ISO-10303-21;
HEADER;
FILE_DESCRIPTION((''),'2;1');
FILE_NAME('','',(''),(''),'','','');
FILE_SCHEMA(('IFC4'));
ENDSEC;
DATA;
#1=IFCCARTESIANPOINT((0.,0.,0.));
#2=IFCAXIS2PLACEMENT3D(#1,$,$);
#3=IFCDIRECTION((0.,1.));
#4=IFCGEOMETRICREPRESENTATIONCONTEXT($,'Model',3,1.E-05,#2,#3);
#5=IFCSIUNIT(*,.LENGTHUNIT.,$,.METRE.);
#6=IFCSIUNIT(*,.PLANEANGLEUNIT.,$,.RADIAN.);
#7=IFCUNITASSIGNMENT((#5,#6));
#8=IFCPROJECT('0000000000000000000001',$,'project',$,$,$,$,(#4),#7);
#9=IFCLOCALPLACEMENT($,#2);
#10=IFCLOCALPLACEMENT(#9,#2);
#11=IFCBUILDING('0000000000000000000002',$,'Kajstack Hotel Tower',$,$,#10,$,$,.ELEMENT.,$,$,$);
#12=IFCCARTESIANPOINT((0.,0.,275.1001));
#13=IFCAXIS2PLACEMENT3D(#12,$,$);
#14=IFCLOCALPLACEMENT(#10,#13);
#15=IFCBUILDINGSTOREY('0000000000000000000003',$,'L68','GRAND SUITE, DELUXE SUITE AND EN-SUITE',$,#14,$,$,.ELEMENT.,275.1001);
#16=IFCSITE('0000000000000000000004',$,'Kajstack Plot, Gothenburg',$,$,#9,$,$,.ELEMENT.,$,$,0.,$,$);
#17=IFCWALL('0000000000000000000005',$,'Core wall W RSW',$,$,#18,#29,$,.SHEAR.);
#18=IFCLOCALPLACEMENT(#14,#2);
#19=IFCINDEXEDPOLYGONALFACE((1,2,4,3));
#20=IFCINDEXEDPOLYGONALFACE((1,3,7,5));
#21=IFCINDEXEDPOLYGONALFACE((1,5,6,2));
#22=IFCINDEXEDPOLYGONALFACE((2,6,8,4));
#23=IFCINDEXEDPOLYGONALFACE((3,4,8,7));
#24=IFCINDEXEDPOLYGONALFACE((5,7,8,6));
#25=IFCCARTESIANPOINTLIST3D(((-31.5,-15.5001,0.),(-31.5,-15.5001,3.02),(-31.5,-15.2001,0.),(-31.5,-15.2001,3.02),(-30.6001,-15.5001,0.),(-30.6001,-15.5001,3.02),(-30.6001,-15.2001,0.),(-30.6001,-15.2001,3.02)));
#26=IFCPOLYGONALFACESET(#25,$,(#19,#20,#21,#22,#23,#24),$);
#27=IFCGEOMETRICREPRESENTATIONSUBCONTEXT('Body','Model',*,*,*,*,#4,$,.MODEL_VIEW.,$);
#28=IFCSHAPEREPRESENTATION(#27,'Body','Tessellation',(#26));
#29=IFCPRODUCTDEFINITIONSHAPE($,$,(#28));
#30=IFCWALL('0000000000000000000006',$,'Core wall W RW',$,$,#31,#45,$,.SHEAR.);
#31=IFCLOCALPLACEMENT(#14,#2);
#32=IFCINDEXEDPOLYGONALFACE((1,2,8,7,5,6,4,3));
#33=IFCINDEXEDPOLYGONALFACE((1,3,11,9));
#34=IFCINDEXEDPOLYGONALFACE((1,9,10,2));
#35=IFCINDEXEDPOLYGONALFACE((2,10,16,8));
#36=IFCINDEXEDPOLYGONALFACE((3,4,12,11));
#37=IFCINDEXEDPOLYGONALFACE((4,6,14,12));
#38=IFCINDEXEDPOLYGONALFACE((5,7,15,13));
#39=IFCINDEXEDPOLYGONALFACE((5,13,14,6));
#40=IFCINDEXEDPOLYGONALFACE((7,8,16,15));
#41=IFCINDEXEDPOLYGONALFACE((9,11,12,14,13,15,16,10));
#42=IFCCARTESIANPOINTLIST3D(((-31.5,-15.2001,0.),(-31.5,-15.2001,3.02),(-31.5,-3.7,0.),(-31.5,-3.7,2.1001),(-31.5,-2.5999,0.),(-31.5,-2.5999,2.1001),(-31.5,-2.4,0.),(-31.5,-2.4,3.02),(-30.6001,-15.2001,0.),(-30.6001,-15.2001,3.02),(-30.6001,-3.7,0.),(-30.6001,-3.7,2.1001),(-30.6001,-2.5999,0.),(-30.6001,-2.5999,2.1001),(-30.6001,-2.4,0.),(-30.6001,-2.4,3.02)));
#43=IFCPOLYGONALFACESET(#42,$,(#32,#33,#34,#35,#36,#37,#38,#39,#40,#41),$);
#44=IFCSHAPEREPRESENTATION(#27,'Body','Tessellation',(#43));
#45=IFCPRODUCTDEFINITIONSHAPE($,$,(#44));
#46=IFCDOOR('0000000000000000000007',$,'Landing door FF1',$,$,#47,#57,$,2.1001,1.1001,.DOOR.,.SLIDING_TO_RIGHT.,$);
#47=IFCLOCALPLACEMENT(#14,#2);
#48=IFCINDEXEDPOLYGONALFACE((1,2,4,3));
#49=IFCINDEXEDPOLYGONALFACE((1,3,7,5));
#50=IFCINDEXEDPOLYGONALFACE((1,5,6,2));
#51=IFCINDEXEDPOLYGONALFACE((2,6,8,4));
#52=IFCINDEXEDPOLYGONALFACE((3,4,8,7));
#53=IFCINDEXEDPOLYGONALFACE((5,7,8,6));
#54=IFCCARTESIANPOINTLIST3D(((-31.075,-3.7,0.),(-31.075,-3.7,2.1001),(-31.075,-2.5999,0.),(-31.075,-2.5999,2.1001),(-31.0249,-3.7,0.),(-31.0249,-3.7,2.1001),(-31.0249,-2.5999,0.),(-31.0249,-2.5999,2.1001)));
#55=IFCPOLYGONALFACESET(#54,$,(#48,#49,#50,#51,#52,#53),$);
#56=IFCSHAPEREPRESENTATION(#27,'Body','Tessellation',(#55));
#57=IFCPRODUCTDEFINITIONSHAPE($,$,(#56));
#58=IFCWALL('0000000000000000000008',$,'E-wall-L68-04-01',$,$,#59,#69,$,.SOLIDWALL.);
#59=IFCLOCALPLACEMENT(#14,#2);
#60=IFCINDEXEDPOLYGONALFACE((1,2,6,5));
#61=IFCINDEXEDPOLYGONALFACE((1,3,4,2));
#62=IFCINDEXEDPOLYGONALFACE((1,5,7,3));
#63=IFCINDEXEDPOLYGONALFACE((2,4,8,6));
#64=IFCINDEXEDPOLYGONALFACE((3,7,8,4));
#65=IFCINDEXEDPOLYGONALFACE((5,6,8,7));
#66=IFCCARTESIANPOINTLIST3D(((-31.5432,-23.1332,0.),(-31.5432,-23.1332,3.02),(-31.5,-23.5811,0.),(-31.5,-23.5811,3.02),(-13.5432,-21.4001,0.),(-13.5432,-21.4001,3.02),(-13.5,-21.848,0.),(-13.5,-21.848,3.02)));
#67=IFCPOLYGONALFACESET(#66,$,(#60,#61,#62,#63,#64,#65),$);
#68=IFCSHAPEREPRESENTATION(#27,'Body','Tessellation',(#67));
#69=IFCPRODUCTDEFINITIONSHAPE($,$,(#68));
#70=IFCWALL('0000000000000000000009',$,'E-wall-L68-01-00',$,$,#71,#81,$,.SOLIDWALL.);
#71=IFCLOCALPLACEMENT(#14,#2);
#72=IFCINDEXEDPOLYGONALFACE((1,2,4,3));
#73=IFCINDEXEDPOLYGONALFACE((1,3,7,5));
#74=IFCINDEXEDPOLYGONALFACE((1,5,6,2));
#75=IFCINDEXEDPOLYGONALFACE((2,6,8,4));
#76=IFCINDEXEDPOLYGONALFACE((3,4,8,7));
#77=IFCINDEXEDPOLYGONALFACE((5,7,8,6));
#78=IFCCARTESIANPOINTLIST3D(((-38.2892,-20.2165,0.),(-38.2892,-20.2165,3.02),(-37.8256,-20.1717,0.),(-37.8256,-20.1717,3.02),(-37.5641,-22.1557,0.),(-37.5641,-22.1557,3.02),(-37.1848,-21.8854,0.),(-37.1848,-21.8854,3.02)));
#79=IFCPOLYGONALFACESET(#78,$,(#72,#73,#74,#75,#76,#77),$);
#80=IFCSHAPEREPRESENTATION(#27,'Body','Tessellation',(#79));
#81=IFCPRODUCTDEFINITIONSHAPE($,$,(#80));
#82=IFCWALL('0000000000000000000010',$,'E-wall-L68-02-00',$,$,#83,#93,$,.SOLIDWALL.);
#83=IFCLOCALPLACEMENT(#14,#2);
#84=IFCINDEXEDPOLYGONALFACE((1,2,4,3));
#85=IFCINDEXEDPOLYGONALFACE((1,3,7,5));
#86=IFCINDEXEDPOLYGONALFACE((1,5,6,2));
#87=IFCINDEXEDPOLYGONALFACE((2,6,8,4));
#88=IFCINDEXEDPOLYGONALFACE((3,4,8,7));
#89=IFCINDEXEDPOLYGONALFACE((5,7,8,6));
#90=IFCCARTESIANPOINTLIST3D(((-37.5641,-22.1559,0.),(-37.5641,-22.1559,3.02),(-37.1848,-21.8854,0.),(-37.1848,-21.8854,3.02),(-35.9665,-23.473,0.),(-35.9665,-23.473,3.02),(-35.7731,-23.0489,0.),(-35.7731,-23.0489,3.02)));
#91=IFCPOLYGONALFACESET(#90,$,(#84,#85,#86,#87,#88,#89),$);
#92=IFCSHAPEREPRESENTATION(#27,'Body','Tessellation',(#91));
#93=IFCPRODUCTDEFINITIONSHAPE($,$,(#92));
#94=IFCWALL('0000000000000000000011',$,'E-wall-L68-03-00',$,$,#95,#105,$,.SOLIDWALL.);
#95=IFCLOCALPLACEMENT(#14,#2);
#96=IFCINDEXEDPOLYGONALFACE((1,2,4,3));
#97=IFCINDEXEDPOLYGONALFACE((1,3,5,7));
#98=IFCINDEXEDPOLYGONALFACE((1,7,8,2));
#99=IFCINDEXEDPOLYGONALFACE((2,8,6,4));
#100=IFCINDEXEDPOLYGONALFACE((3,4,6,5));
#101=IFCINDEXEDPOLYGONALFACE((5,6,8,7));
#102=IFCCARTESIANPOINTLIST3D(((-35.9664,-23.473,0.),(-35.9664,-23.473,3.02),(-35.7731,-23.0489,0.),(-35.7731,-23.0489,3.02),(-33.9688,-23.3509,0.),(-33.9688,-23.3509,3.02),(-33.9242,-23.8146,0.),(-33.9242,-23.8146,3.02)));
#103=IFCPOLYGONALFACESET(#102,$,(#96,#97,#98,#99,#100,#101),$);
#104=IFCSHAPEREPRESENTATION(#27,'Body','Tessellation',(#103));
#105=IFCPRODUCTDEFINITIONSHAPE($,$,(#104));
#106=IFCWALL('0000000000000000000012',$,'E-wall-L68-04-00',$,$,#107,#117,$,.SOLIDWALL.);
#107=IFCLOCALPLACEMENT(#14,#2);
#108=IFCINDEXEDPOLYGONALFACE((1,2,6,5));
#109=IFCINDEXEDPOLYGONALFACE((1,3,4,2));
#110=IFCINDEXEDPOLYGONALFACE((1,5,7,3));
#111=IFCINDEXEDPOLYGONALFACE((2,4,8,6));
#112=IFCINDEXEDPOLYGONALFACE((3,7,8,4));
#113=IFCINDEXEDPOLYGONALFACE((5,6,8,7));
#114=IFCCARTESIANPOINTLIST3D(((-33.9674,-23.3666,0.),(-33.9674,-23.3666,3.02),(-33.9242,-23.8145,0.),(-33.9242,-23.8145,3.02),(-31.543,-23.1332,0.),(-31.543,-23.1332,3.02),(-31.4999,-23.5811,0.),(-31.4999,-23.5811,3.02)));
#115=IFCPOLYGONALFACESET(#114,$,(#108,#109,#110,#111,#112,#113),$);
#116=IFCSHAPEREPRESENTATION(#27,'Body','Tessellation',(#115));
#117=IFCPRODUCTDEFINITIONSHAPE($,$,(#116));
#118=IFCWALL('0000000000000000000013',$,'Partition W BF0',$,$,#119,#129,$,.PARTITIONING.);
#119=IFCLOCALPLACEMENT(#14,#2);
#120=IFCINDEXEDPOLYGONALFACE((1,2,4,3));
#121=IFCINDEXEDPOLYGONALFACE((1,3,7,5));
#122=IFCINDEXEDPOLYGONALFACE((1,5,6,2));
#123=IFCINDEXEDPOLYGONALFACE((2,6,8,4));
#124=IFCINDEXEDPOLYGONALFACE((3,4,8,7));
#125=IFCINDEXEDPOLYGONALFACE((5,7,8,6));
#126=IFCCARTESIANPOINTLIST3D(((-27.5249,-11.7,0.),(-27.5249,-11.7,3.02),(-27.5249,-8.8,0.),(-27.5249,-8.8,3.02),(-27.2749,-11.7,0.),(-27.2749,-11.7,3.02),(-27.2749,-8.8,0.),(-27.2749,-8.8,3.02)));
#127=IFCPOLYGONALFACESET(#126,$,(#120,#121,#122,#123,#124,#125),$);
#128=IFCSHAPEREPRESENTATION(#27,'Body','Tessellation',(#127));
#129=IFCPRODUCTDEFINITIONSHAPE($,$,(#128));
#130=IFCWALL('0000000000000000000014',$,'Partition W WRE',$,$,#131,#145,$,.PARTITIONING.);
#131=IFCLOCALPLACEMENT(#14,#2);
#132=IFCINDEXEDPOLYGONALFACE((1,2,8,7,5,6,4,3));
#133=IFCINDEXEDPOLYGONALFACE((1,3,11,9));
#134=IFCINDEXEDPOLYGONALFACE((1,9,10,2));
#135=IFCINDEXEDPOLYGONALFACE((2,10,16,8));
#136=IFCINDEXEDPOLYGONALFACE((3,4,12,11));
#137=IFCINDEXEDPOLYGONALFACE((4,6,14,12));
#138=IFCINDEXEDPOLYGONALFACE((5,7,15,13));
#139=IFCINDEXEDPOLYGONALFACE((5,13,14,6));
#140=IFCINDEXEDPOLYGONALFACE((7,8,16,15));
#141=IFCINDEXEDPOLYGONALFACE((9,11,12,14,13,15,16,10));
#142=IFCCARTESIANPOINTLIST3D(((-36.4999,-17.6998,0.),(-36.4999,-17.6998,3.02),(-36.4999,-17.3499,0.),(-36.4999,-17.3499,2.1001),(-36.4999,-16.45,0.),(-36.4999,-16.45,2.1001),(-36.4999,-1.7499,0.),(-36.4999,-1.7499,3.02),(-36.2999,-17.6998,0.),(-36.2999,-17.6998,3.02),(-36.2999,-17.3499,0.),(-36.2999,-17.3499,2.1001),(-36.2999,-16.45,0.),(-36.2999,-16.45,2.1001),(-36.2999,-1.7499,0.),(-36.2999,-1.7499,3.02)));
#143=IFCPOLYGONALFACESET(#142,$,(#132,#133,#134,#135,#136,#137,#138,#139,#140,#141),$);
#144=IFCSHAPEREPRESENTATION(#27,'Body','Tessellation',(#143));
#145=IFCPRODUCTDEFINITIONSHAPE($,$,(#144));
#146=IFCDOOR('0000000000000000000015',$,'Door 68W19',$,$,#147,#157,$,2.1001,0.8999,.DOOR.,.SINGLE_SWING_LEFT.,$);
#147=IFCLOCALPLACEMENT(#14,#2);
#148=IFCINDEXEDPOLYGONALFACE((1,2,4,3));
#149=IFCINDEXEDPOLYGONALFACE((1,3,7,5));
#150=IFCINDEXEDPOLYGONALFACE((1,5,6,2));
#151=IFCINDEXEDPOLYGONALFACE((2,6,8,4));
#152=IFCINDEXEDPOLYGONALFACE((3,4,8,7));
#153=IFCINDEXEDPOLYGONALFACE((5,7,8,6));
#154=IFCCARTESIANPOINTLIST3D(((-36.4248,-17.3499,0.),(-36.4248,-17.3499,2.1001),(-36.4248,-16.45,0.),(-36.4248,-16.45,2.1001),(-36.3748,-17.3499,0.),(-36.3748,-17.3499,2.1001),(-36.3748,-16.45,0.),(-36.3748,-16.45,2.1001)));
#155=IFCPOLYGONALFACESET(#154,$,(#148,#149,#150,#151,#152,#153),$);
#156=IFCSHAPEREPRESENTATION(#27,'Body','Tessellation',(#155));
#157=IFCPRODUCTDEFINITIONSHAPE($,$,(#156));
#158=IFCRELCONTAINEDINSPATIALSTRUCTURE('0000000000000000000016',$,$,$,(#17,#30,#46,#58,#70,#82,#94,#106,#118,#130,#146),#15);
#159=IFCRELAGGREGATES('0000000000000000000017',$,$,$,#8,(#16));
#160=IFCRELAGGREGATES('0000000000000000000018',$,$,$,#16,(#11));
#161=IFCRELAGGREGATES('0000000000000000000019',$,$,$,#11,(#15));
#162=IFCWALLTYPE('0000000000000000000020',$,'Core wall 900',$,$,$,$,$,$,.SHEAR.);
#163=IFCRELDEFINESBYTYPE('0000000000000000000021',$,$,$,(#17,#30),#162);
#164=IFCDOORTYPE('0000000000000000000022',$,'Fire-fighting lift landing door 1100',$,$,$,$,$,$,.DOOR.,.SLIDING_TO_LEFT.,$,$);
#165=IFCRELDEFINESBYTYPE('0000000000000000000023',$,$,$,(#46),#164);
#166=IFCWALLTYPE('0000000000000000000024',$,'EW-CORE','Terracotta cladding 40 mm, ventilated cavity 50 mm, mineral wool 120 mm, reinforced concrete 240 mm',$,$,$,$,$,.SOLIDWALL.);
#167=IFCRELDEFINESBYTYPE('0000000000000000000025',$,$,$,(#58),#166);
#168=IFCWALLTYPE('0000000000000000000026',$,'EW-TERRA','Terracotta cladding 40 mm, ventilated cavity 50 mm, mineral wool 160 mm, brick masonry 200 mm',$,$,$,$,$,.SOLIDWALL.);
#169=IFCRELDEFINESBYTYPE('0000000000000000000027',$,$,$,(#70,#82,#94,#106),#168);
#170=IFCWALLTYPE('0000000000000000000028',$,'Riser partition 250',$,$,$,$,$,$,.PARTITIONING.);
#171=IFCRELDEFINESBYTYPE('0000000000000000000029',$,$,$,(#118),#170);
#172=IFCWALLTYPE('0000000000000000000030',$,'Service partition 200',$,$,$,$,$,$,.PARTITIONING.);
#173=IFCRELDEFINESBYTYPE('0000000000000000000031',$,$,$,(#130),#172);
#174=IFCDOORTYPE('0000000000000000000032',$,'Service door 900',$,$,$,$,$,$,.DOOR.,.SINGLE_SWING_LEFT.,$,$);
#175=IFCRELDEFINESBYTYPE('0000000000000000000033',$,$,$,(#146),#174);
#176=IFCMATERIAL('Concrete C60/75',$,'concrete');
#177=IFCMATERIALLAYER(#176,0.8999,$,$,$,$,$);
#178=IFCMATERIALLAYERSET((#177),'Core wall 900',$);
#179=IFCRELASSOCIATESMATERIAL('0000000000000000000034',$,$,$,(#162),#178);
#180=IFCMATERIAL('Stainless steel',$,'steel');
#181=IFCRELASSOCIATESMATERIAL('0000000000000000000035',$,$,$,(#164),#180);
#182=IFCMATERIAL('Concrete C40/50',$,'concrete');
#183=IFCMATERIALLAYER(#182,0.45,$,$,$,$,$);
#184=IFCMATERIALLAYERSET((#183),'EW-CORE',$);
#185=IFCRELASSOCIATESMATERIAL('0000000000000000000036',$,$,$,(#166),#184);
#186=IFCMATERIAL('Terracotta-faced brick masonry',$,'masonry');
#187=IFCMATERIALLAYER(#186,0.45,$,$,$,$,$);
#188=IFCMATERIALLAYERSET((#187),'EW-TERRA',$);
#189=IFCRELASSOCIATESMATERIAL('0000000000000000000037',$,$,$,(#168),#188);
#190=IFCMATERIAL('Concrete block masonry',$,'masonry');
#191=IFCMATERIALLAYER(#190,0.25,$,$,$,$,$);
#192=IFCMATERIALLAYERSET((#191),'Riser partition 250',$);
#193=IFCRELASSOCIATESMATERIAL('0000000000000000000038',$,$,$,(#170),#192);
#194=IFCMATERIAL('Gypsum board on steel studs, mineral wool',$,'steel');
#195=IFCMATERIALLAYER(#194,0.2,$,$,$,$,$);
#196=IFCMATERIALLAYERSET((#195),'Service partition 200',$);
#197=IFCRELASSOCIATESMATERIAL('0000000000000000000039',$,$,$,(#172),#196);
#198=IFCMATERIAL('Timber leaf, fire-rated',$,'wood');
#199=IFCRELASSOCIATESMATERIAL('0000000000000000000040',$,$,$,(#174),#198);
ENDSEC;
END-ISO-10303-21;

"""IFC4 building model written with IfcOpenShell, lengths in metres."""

from ifc_helpers import new_model, si_unit, direction, frame, frame_2d, origin, place, context, subcontext, project, spatial, polyline, rectangle, outline, extrude, material, layer, layer_set, type_object, element, fill, save


model = new_model("IFC4")

# Units and contexts
model_context = context("Model", 3, precision=1e-05, world=origin(), true_north=direction((0.0, 1.0)))
body_context = subcontext(model_context, "Body", "Model", "MODEL_VIEW")
ifc_project = project(units=[si_unit("LENGTHUNIT", "METRE"), si_unit("PLANEANGLEUNIT", "RADIAN")], contexts=[model_context])

# Site, building, storey
site_placement = place(None, origin())
site = spatial("IfcSite", under=ifc_project, at=site_placement, Name="Kajstack Plot, Gothenburg", CompositionType="ELEMENT", RefElevation=0.0)
building_placement = place(site_placement, origin())
building = spatial("IfcBuilding", under=site, at=building_placement, Name="Kajstack Hotel Tower", CompositionType="ELEMENT")
storey_placement = place(building_placement, frame((0.0, 0.0, 275.1001)))
storey = spatial("IfcBuildingStorey", under=building, at=storey_placement, Name="L68", Description="GRAND SUITE, DELUXE SUITE AND EN-SUITE", CompositionType="ELEMENT", Elevation=275.1001)

# Wall
ifc_material_1 = material(Name="Concrete C60/75", Category="concrete")
ifc_layer_1 = layer(ifc_material_1, 0.8999)
ifc_layer_set_1 = layer_set([ifc_layer_1], Name="Core wall 900")
wall_type_1 = type_object("IfcWallType", Name="Core wall 900", PredefinedType="SHEAR", material=ifc_layer_set_1)
wall_1_placement = place(storey_placement, frame((-31.5, -15.3501, 0.0), z_axis=(0.0, 0.0, 1.0), x_axis=(1.0, 0.0, 0.0)))
element("IfcWall", 1, at=wall_1_placement, inside=storey, type_object=wall_type_1, Name="Core wall W RSW", PredefinedType="SHEAR", context=body_context, shape_type="SweptSolid", body=[
    extrude(rectangle(XDim=0.8999, YDim=0.3, at=frame_2d((0.45, 0.0))), origin(), (0.0, 0.0, 1.0), 3.02),
])

# Wall, opening, door
wall_2_placement = place(storey_placement, frame((-31.05, -15.2, 0.0), z_axis=(0.0, 0.0, 1.0), x_axis=(0.0, 1.0, 0.0)))
wall_2 = element("IfcWall", 2, at=wall_2_placement, inside=storey, type_object=wall_type_1, Name="Core wall W RW", PredefinedType="SHEAR", context=body_context, shape_type="SweptSolid", body=[
    extrude(rectangle(XDim=12.8, YDim=0.8999, at=frame_2d((6.3999, 0.0))), origin(), (0.0, 0.0, 1.0), 3.02),
])
opening_1_placement = place(wall_2_placement, frame((11.5, 0.0, 0.0)))
opening_1 = element("IfcOpeningElement", 3, at=opening_1_placement, cuts=wall_2, PredefinedType="OPENING", context=body_context, shape_type="SweptSolid", body=[
    extrude(rectangle(XDim=1.1001, YDim=2.1001, at=frame_2d((0.55, 1.05))), frame((0.0, 0.46, 0.0), z_axis=(0.0, -1.0, 0.0), x_axis=(1.0, 0.0, 0.0)), (0.0, 0.0, 1.0), 0.9199),
])
ifc_material_2 = material(Name="Stainless steel", Category="steel")
door_type_1 = type_object("IfcDoorType", Name="Fire-fighting lift landing door 1100", OperationType="SLIDING_TO_LEFT", PredefinedType="DOOR", material=ifc_material_2)
door_1_placement = place(opening_1_placement, origin())
door_1 = element("IfcDoor", 4, at=door_1_placement, inside=storey, type_object=door_type_1, Name="Landing door FF1", OperationType="SLIDING_TO_RIGHT", OverallHeight=2.1001, OverallWidth=1.1001, PredefinedType="DOOR", context=body_context, shape_type="SweptSolid", body=[
    extrude(rectangle(XDim=1.1001, YDim=2.1001, at=frame_2d((0.55, 1.05))), frame((0.0, 0.0249, 0.0), z_axis=(0.0, -1.0, 0.0), x_axis=(1.0, 0.0, 0.0)), (0.0, 0.0, 1.0), 0.05),
])
fill(opening_1, door_1)

# Walls
ifc_material_3 = material(Name="Concrete C40/50", Category="concrete")
ifc_layer_2 = layer(ifc_material_3, 0.45)
ifc_layer_set_2 = layer_set([ifc_layer_2], Name="EW-CORE")
wall_type_2 = type_object("IfcWallType", Name="EW-CORE", Description="Terracotta cladding 40 mm, ventilated cavity 50 mm, mineral wool 120 mm, reinforced concrete 240 mm", PredefinedType="SOLIDWALL", material=ifc_layer_set_2)
wall_3_placement = place(storey_placement, frame((-31.5215, -23.3572, 0.0), z_axis=(0.0, 0.0, 1.0), x_axis=(0.995396, 0.095843, 0.0)))
element("IfcWall", 5, at=wall_3_placement, inside=storey, type_object=wall_type_2, Name="E-wall-L68-04-01", PredefinedType="SOLIDWALL", context=body_context, shape_type="SweptSolid", body=[
    extrude(rectangle(XDim=18.0833, YDim=0.45, at=frame_2d((9.0415, 0.0))), origin(), (0.0, 0.0, 1.0), 3.02),
])
ifc_material_4 = material(Name="Terracotta-faced brick masonry", Category="masonry")
ifc_layer_3 = layer(ifc_material_4, 0.45)
ifc_layer_set_3 = layer_set([ifc_layer_3], Name="EW-TERRA")
wall_type_3 = type_object("IfcWallType", Name="EW-TERRA", Description="Terracotta cladding 40 mm, ventilated cavity 50 mm, mineral wool 160 mm, brick masonry 200 mm", PredefinedType="SOLIDWALL", material=ifc_layer_set_3)
wall_4_placement = place(storey_placement, frame((-38.0784, -20.1377, 0.0), z_axis=(0.0, 0.0, 1.0), x_axis=(0.350232, -0.936663, 0.0)))
element("IfcWall", 6, at=wall_4_placement, inside=storey, type_object=wall_type_3, Name="E-wall-L68-01-00", PredefinedType="SOLIDWALL", context=body_context, shape_type="SweptSolid", body=[
    extrude(outline(polyline([(0.0, -0.2251), (2.0703, -0.2251), (1.95, 0.2249), (0.1204, 0.2249), (0.0, -0.2251)])), origin(), (0.0, 0.0, 1.0), 3.02),
])
wall_5_placement = place(storey_placement, frame((-37.4209, -21.9822, 0.0), z_axis=(0.0, 0.0, 1.0), x_axis=(0.771593, -0.636116, 0.0)))
element("IfcWall", 7, at=wall_5_placement, inside=storey, type_object=wall_type_3, Name="E-wall-L68-02-00", PredefinedType="SOLIDWALL", context=body_context, shape_type="SweptSolid", body=[
    extrude(outline(polyline([(0.0, -0.2251), (2.0706, -0.2251), (1.95, 0.2251), (0.1206, 0.2249), (0.0, -0.2251)])), origin(), (0.0, 0.0, 1.0), 3.02),
])
wall_6_placement = place(storey_placement, frame((-35.9292, -23.251, 0.0), z_axis=(0.0, 0.0, 1.0), x_axis=(0.986279, -0.165087, 0.0)))
element("IfcWall", 8, at=wall_6_placement, inside=storey, type_object=wall_type_3, Name="E-wall-L68-03-00", PredefinedType="SOLIDWALL", context=body_context, shape_type="SweptSolid", body=[
    extrude(outline(polyline([(0.0, -0.2251), (2.0706, -0.2249), (1.95, 0.2251), (0.1206, 0.2251), (0.0, -0.2251)])), origin(), (0.0, 0.0, 1.0), 3.02),
])
wall_7_placement = place(storey_placement, frame((-33.9458, -23.5906, 0.0), z_axis=(0.0, 0.0, 1.0), x_axis=(0.995398, 0.095831, 0.0)))
element("IfcWall", 9, at=wall_7_placement, inside=storey, type_object=wall_type_3, Name="E-wall-L68-04-00", PredefinedType="SOLIDWALL", context=body_context, shape_type="SweptSolid", body=[
    extrude(rectangle(XDim=2.4355, YDim=0.45, at=frame_2d((1.2178, 0.0))), origin(), (0.0, 0.0, 1.0), 3.02),
])
ifc_material_5 = material(Name="Concrete block masonry", Category="masonry")
ifc_layer_4 = layer(ifc_material_5, 0.25)
ifc_layer_set_4 = layer_set([ifc_layer_4], Name="Riser partition 250")
wall_type_4 = type_object("IfcWallType", Name="Riser partition 250", PredefinedType="PARTITIONING", material=ifc_layer_set_4)
wall_8_placement = place(storey_placement, frame((-27.3999, -11.7, 0.0), z_axis=(0.0, 0.0, 1.0), x_axis=(0.0, 1.0, 0.0)))
element("IfcWall", 10, at=wall_8_placement, inside=storey, type_object=wall_type_4, Name="Partition W BF0", PredefinedType="PARTITIONING", context=body_context, shape_type="SweptSolid", body=[
    extrude(rectangle(XDim=2.8999, YDim=0.25, at=frame_2d((1.45, 0.0))), origin(), (0.0, 0.0, 1.0), 3.02),
])

# Wall, opening, door
ifc_material_6 = material(Name="Gypsum board on steel studs, mineral wool", Category="steel")
ifc_layer_5 = layer(ifc_material_6, 0.2)
ifc_layer_set_5 = layer_set([ifc_layer_5], Name="Service partition 200")
wall_type_5 = type_object("IfcWallType", Name="Service partition 200", PredefinedType="PARTITIONING", material=ifc_layer_set_5)
wall_9_placement = place(storey_placement, frame((-36.3999, -17.7, 0.0), z_axis=(0.0, 0.0, 1.0), x_axis=(0.0, 1.0, 0.0)))
wall_9 = element("IfcWall", 11, at=wall_9_placement, inside=storey, type_object=wall_type_5, Name="Partition W WRE", PredefinedType="PARTITIONING", context=body_context, shape_type="SweptSolid", body=[
    extrude(rectangle(XDim=15.95, YDim=0.2, at=frame_2d((7.9751, 0.0))), origin(), (0.0, 0.0, 1.0), 3.02),
])
opening_2_placement = place(wall_9_placement, frame((0.3501, 0.0, 0.0)))
opening_2 = element("IfcOpeningElement", 12, at=opening_2_placement, cuts=wall_9, PredefinedType="OPENING", context=body_context, shape_type="SweptSolid", body=[
    extrude(rectangle(XDim=0.8999, YDim=2.1001, at=frame_2d((0.45, 1.05))), frame((0.0, 0.1099, 0.0), z_axis=(0.0, -1.0, 0.0), x_axis=(1.0, 0.0, 0.0)), (0.0, 0.0, 1.0), 0.22),
])
ifc_material_7 = material(Name="Timber leaf, fire-rated", Category="wood")
door_type_2 = type_object("IfcDoorType", Name="Service door 900", OperationType="SINGLE_SWING_LEFT", PredefinedType="DOOR", material=ifc_material_7)
door_2_placement = place(opening_2_placement, origin())
door_2 = element("IfcDoor", 13, at=door_2_placement, inside=storey, type_object=door_type_2, Name="Door 68W19", OperationType="SINGLE_SWING_LEFT", OverallHeight=2.1001, OverallWidth=0.8999, PredefinedType="DOOR", context=body_context, shape_type="SweptSolid", body=[
    extrude(rectangle(XDim=0.8999, YDim=2.1001, at=frame_2d((0.45, 1.05))), frame((0.0, 0.0249, 0.0), z_axis=(0.0, -1.0, 0.0), x_axis=(1.0, 0.0, 0.0)), (0.0, 0.0, 1.0), 0.05),
])
fill(opening_2, door_2)

save(model, "model.ifc")
